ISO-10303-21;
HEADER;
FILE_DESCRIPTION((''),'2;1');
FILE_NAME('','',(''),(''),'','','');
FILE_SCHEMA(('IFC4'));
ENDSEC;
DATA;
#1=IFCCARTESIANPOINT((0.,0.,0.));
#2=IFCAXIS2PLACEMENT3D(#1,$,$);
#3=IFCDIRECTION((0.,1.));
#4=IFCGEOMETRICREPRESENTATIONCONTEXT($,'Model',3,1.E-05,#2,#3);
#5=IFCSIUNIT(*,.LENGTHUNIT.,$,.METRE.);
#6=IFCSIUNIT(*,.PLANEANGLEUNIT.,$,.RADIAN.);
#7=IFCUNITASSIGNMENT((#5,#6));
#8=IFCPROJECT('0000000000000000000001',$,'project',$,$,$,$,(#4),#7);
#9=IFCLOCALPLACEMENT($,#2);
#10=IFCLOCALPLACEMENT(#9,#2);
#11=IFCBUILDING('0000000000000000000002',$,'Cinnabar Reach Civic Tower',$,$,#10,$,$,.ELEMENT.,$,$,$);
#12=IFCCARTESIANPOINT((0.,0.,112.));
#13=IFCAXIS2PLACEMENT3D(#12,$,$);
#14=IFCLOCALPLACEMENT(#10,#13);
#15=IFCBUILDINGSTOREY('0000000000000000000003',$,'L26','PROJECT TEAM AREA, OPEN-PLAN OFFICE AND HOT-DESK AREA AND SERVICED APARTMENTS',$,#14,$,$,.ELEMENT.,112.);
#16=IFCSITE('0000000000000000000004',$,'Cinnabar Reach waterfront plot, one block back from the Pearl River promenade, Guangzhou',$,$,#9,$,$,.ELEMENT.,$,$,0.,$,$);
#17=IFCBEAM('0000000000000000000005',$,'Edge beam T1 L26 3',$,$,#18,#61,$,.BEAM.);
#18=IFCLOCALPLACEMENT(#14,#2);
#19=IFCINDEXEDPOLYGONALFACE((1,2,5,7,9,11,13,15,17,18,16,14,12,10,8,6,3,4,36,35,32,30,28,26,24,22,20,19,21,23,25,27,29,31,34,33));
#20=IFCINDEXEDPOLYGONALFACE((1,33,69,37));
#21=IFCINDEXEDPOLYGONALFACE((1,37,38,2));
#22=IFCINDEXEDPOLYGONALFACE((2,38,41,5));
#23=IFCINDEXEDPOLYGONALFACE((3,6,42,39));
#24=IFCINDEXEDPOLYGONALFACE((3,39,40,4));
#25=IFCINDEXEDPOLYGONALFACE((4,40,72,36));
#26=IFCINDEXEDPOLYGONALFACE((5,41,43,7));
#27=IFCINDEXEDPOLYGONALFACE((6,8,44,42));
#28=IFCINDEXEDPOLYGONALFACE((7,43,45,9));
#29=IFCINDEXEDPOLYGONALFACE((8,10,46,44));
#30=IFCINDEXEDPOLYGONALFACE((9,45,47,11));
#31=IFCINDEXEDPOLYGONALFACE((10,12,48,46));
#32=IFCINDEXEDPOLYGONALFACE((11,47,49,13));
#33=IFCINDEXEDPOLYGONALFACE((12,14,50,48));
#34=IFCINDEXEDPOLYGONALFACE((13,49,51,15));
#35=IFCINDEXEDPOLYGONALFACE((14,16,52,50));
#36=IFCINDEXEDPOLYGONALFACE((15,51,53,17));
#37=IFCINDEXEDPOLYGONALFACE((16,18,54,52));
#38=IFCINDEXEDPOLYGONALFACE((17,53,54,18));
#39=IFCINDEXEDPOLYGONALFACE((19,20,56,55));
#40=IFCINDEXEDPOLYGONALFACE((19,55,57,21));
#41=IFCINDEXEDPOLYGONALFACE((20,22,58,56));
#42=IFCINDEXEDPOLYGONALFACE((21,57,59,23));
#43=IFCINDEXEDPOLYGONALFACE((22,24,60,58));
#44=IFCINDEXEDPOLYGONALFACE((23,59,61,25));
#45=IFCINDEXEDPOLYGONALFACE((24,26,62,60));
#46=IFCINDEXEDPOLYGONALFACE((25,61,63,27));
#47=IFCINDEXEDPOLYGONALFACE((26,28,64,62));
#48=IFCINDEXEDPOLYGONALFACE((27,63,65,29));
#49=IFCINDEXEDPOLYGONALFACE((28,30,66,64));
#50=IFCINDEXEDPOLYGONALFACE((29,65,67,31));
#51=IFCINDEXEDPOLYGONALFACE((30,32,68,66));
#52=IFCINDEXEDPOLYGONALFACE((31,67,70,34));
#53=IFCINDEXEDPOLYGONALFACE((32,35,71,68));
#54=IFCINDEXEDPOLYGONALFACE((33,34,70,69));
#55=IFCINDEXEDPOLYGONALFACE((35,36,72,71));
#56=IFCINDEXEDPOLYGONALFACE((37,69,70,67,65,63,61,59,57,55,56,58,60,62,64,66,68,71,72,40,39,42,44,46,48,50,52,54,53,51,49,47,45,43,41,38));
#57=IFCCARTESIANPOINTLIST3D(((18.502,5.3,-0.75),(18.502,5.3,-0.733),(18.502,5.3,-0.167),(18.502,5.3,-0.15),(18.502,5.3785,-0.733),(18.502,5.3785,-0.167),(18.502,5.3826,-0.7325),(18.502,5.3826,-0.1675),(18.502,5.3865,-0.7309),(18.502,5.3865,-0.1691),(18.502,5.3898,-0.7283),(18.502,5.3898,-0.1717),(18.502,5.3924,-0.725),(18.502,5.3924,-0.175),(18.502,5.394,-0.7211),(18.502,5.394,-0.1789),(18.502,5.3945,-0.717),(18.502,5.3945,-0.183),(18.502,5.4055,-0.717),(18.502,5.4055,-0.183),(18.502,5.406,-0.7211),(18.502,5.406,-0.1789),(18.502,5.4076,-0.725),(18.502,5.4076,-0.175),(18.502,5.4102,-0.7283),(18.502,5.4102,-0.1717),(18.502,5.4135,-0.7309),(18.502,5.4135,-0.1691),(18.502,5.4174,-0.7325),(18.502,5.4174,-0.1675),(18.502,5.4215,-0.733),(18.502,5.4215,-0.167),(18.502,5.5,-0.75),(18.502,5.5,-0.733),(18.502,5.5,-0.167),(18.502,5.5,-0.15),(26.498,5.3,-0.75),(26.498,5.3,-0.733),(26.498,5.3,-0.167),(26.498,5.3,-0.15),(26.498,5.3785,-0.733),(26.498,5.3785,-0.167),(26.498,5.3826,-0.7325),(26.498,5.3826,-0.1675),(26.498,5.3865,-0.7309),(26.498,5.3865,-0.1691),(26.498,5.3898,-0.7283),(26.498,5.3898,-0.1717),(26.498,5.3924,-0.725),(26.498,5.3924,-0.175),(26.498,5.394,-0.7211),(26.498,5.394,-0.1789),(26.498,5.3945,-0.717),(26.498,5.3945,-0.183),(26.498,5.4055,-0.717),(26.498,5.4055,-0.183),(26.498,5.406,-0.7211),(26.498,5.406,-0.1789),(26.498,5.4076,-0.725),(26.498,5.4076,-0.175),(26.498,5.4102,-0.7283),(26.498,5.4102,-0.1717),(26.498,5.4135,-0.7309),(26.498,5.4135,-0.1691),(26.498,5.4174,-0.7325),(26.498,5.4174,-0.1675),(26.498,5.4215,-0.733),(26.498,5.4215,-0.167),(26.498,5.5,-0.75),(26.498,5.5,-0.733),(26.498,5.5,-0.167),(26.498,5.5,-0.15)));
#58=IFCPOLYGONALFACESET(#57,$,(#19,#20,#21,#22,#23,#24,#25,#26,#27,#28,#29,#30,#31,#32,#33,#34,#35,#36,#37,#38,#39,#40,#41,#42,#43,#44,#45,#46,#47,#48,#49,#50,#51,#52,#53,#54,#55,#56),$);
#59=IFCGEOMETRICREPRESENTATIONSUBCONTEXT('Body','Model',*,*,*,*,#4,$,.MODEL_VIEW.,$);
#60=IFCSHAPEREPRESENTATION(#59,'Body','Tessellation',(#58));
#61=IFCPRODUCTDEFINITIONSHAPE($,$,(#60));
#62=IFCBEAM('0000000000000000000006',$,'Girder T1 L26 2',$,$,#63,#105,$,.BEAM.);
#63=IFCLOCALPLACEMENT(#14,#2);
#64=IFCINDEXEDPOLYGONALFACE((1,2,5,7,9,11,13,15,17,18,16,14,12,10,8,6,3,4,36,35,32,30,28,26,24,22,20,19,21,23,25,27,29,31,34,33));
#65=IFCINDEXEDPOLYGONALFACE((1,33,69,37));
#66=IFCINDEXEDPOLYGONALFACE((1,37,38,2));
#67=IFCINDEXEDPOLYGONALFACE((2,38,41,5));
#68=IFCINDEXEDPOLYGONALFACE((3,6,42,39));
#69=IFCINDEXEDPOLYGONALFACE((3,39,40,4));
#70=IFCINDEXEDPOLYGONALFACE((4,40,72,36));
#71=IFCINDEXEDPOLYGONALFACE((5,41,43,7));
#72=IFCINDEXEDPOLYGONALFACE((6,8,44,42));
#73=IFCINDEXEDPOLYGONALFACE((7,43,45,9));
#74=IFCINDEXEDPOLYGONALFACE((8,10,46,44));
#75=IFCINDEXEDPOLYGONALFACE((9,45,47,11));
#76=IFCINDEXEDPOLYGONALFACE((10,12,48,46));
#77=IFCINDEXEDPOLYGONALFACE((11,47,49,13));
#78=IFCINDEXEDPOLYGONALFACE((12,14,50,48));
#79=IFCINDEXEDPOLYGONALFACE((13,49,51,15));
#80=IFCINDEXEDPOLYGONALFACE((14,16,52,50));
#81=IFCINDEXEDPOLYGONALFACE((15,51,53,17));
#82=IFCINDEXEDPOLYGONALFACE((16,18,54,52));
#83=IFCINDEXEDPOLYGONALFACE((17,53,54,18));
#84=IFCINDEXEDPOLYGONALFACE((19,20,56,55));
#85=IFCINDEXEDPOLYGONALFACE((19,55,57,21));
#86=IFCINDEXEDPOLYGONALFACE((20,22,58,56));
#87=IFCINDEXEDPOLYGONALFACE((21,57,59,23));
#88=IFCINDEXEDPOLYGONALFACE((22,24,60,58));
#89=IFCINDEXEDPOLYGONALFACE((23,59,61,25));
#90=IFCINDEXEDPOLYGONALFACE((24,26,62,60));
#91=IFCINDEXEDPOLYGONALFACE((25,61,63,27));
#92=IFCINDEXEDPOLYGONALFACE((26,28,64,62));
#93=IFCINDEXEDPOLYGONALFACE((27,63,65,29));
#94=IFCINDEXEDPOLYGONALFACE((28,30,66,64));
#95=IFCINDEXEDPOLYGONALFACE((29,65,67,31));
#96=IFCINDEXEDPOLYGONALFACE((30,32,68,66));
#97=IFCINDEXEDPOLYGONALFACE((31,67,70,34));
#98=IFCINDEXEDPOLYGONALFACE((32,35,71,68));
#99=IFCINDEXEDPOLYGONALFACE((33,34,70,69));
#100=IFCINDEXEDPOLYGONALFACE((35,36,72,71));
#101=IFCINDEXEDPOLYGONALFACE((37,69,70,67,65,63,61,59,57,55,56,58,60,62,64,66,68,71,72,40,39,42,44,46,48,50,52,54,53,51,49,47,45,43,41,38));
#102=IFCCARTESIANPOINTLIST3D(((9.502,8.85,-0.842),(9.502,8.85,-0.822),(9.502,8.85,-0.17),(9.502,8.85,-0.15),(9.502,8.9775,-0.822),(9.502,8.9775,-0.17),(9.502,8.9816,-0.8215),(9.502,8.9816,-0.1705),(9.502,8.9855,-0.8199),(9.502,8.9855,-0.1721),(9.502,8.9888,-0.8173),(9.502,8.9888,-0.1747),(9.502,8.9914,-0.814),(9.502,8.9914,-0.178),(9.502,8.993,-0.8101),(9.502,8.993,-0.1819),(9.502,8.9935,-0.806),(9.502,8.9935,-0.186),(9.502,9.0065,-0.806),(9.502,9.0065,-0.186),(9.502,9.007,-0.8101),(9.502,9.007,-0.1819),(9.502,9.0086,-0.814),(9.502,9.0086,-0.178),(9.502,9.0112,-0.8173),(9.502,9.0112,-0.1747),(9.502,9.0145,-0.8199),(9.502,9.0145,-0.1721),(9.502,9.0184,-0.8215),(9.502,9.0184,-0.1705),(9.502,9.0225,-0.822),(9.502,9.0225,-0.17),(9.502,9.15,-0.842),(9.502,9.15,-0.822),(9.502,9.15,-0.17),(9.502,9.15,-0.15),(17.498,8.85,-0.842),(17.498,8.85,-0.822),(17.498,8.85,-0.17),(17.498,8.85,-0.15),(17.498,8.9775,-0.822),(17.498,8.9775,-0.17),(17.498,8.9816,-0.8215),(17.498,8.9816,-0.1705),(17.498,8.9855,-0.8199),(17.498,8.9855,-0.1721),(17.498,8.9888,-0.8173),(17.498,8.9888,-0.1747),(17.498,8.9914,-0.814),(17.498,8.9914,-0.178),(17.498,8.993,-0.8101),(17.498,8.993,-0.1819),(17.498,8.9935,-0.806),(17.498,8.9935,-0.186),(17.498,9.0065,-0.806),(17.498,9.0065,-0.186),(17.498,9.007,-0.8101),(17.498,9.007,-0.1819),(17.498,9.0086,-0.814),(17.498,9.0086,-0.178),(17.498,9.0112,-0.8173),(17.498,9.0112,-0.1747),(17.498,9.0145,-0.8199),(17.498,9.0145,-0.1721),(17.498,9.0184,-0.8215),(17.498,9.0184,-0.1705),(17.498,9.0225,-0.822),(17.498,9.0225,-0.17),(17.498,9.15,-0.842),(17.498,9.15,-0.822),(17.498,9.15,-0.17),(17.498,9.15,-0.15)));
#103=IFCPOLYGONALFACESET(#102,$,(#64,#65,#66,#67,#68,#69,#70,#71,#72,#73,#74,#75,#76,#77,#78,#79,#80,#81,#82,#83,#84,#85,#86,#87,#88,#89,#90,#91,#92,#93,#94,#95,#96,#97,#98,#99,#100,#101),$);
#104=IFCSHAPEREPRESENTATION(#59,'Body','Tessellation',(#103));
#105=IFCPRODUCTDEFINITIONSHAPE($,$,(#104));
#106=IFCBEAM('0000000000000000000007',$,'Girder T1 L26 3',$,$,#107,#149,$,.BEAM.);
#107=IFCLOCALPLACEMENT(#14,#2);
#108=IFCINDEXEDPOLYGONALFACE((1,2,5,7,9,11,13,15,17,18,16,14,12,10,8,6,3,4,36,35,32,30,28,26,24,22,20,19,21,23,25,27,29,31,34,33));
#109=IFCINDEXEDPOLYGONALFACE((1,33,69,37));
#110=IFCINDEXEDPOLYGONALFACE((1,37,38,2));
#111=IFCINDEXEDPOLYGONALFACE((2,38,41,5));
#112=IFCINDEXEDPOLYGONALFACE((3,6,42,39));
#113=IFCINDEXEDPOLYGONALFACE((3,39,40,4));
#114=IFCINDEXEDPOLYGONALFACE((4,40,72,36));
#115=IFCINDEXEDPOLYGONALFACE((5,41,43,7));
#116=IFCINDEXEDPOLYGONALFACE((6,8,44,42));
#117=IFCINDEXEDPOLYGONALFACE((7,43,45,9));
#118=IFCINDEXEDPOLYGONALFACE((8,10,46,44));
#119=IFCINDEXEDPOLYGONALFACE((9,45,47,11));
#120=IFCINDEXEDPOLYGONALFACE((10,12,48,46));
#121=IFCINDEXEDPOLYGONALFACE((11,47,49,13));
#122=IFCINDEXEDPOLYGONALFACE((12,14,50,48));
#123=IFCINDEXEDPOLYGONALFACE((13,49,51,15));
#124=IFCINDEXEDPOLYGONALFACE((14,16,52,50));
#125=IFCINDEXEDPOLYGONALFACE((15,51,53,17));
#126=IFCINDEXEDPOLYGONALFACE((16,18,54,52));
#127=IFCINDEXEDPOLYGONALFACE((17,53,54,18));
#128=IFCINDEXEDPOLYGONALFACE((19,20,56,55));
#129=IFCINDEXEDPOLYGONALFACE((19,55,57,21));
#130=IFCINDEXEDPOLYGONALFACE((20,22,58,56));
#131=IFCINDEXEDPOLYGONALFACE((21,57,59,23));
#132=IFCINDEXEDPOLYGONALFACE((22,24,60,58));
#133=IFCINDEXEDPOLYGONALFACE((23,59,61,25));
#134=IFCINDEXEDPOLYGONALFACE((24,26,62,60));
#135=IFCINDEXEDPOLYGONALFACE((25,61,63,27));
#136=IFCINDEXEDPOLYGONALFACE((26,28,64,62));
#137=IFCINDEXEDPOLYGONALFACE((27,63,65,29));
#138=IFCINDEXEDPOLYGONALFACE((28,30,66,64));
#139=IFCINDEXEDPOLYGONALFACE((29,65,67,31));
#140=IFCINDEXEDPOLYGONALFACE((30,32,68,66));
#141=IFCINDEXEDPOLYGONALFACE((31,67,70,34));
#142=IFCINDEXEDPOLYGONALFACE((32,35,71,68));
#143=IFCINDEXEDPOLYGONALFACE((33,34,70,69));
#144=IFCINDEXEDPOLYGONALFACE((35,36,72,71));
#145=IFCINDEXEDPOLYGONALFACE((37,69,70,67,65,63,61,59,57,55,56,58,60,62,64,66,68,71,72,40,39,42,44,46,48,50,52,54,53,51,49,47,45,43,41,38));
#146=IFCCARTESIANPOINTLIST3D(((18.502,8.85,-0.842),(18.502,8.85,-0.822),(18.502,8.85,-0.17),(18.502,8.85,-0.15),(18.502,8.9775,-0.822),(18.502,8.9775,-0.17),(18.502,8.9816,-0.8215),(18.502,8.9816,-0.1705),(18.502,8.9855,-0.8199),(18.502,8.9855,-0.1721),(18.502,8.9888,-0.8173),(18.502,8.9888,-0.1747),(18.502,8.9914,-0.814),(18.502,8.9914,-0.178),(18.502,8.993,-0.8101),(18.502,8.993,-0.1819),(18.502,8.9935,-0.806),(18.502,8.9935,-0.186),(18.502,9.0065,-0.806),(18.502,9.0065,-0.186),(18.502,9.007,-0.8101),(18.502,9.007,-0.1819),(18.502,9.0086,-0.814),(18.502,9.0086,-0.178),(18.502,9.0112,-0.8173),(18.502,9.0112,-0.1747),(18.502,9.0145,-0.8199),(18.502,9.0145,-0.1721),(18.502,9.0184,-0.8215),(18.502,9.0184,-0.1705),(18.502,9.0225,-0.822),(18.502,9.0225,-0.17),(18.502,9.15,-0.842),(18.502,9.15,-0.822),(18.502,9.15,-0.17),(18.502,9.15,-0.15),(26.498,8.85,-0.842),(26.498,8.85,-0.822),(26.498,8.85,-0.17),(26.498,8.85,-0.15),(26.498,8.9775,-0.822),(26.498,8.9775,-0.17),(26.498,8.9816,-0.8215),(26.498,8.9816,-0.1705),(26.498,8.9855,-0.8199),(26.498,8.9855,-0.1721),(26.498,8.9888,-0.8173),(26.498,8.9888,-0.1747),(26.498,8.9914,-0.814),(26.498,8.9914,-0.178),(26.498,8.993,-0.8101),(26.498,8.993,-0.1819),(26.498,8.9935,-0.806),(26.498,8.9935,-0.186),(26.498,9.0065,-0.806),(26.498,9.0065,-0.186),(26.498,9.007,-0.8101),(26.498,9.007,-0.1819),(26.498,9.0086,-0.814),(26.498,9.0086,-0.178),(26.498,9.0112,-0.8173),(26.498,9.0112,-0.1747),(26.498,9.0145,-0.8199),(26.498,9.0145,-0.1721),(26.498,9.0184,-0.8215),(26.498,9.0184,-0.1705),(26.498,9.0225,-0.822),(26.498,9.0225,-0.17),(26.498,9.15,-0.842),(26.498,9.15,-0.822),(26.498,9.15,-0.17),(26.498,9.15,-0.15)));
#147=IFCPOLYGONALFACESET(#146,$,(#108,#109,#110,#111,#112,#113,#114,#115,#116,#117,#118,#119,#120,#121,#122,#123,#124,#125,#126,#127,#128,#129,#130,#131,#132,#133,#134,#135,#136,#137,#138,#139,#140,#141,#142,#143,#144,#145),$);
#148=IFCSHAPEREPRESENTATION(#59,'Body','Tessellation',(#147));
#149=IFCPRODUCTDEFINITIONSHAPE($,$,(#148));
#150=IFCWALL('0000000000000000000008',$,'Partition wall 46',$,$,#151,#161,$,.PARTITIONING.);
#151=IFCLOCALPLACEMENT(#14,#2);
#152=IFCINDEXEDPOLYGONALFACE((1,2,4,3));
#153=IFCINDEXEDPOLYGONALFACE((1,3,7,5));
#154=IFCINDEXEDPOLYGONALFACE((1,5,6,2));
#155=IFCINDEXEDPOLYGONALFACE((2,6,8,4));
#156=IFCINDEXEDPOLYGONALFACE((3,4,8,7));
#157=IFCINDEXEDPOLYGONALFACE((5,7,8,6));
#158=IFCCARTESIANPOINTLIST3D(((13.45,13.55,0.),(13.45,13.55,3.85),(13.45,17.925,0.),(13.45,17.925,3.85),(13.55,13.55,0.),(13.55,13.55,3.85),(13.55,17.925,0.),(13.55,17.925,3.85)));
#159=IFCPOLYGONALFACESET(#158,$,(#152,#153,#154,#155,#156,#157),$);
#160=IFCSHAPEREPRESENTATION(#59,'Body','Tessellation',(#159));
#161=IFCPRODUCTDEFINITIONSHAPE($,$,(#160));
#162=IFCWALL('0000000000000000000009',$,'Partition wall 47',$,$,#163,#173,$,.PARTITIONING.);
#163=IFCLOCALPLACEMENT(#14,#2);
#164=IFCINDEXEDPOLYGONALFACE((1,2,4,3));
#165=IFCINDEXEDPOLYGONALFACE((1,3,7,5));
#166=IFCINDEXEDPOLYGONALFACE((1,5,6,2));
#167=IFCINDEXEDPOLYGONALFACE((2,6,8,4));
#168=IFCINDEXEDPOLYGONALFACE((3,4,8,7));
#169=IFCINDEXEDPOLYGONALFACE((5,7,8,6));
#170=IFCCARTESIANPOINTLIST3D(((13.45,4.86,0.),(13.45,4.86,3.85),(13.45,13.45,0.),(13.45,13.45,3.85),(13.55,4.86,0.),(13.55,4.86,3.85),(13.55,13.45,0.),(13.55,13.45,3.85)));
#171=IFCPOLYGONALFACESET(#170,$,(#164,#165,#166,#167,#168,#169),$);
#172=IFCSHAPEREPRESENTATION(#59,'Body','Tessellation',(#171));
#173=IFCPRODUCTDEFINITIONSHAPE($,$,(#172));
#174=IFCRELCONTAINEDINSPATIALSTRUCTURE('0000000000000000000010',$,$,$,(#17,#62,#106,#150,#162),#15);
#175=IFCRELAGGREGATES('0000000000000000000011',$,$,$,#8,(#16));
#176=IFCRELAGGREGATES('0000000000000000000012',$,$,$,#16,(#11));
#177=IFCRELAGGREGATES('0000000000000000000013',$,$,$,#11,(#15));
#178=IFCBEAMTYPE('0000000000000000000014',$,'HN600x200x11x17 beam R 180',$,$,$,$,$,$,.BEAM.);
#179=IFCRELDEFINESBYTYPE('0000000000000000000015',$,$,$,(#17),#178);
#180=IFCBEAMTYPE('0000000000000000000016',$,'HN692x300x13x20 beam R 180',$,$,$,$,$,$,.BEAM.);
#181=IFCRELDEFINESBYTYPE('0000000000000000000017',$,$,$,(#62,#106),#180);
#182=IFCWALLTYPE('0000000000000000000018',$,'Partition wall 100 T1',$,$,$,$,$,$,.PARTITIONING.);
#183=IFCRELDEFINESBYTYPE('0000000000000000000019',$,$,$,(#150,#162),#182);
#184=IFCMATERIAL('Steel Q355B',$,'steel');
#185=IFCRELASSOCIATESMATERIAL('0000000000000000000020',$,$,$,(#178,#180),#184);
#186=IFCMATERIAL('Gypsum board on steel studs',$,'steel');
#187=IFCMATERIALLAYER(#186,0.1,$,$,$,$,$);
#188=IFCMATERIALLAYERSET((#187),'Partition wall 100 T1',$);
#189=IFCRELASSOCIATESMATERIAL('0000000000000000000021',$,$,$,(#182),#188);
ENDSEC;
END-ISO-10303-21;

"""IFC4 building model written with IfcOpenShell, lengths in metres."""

from ifc_helpers import new_model, si_unit, direction, frame, frame_2d, origin, origin_2d, place, context, subcontext, project, spatial, rectangle, i_section, extrude, material, layer, layer_set, material_profile, profile_set, type_object, element, save


model = new_model("IFC4")

# Units and contexts
model_context = context("Model", 3, precision=1e-05, world=origin(), true_north=direction((0.0, 1.0)))
body_context = subcontext(model_context, "Body", "Model", "MODEL_VIEW")
ifc_project = project(units=[si_unit("LENGTHUNIT", "METRE"), si_unit("PLANEANGLEUNIT", "RADIAN")], contexts=[model_context])

# Site, building, storey
site_placement = place(None, origin())
site = spatial("IfcSite", under=ifc_project, at=site_placement, Name="Cinnabar Reach waterfront plot, one block back from the Pearl River promenade, Guangzhou", CompositionType="ELEMENT", RefElevation=0.0)
building_placement = place(site_placement, origin())
building = spatial("IfcBuilding", under=site, at=building_placement, Name="Cinnabar Reach Civic Tower", CompositionType="ELEMENT")
storey_placement = place(building_placement, frame((0.0, 0.0, 112.0)))
storey = spatial("IfcBuildingStorey", under=building, at=storey_placement, Name="L26", Description="PROJECT TEAM AREA, OPEN-PLAN OFFICE AND HOT-DESK AREA AND SERVICED APARTMENTS", CompositionType="ELEMENT", Elevation=112.0)

# Beams
ifc_material_1 = material(Name="Steel Q355B", Category="steel")
ifc_material_profile_1 = material_profile(ifc_material_1, i_section(OverallWidth=0.2, OverallDepth=0.6, WebThickness=0.011, FlangeThickness=0.017, FilletRadius=0.016, at=origin_2d()), Name="HN600x200x11x17")
ifc_profile_set_1 = profile_set([ifc_material_profile_1], Name="Steel Q355B")
beam_type_1 = type_object("IfcBeamType", Name="HN600x200x11x17 beam R 180", PredefinedType="BEAM", material=ifc_profile_set_1)
for number, where, z_axis, x_axis, name in (
    (1, (18.502, 5.4, -0.45), (1.0, 0.0, 0.0), (0.0, 1.0, 0.0), "Edge beam T1 L26 3"),
):
    element("IfcBeam", number, at=place(storey_placement, frame(where, z_axis=z_axis, x_axis=x_axis)), inside=storey, type_object=beam_type_1, Name=name, PredefinedType="BEAM", context=body_context, shape_type="SweptSolid", body=[
        extrude(i_section(OverallWidth=0.2, OverallDepth=0.6, WebThickness=0.011, FlangeThickness=0.017, FilletRadius=0.016, at=origin_2d()), origin(), (0.0, 0.0, 1.0), 7.996),
    ])
ifc_material_profile_2 = material_profile(ifc_material_1, i_section(OverallWidth=0.3, OverallDepth=0.692, WebThickness=0.013, FlangeThickness=0.02, FilletRadius=0.016, at=origin_2d()), Name="HN692x300x13x20")
ifc_profile_set_2 = profile_set([ifc_material_profile_2], Name="Steel Q355B")
beam_type_2 = type_object("IfcBeamType", Name="HN692x300x13x20 beam R 180", PredefinedType="BEAM", material=ifc_profile_set_2)
for number, where, z_axis, x_axis, name in (
    (2, (9.502, 9.0, -0.496), (1.0, 0.0, 0.0), (0.0, 1.0, 0.0), "Girder T1 L26 2"),
    (3, (18.502, 9.0, -0.496), (1.0, 0.0, 0.0), (0.0, 1.0, 0.0), "Girder T1 L26 3"),
):
    element("IfcBeam", number, at=place(storey_placement, frame(where, z_axis=z_axis, x_axis=x_axis)), inside=storey, type_object=beam_type_2, Name=name, PredefinedType="BEAM", context=body_context, shape_type="SweptSolid", body=[
        extrude(i_section(OverallWidth=0.3, OverallDepth=0.692, WebThickness=0.013, FlangeThickness=0.02, FilletRadius=0.016, at=origin_2d()), origin(), (0.0, 0.0, 1.0), 7.996),
    ])

# Walls
ifc_material_2 = material(Name="Gypsum board on steel studs", Category="steel")
ifc_layer = layer(ifc_material_2, 0.1)
ifc_layer_set = layer_set([ifc_layer], Name="Partition wall 100 T1")
wall_type = type_object("IfcWallType", Name="Partition wall 100 T1", PredefinedType="PARTITIONING", material=ifc_layer_set)
wall_1_placement = place(storey_placement, frame((13.5, 13.55, 0.0), z_axis=(0.0, 0.0, 1.0), x_axis=(0.0, 1.0, 0.0)))
element("IfcWall", 4, at=wall_1_placement, inside=storey, type_object=wall_type, Name="Partition wall 46", PredefinedType="PARTITIONING", context=body_context, shape_type="SweptSolid", body=[
    extrude(rectangle(XDim=4.375, YDim=0.1, at=frame_2d((2.1875, 0.0))), origin(), (0.0, 0.0, 1.0), 3.85),
])
wall_2_placement = place(storey_placement, frame((13.5, 4.86, 0.0), z_axis=(0.0, 0.0, 1.0), x_axis=(0.0, 1.0, 0.0)))
element("IfcWall", 5, at=wall_2_placement, inside=storey, type_object=wall_type, Name="Partition wall 47", PredefinedType="PARTITIONING", context=body_context, shape_type="SweptSolid", body=[
    extrude(rectangle(XDim=8.59, YDim=0.1, at=frame_2d((4.295, 0.0))), origin(), (0.0, 0.0, 1.0), 3.85),
])

save(model, "model.ifc")
